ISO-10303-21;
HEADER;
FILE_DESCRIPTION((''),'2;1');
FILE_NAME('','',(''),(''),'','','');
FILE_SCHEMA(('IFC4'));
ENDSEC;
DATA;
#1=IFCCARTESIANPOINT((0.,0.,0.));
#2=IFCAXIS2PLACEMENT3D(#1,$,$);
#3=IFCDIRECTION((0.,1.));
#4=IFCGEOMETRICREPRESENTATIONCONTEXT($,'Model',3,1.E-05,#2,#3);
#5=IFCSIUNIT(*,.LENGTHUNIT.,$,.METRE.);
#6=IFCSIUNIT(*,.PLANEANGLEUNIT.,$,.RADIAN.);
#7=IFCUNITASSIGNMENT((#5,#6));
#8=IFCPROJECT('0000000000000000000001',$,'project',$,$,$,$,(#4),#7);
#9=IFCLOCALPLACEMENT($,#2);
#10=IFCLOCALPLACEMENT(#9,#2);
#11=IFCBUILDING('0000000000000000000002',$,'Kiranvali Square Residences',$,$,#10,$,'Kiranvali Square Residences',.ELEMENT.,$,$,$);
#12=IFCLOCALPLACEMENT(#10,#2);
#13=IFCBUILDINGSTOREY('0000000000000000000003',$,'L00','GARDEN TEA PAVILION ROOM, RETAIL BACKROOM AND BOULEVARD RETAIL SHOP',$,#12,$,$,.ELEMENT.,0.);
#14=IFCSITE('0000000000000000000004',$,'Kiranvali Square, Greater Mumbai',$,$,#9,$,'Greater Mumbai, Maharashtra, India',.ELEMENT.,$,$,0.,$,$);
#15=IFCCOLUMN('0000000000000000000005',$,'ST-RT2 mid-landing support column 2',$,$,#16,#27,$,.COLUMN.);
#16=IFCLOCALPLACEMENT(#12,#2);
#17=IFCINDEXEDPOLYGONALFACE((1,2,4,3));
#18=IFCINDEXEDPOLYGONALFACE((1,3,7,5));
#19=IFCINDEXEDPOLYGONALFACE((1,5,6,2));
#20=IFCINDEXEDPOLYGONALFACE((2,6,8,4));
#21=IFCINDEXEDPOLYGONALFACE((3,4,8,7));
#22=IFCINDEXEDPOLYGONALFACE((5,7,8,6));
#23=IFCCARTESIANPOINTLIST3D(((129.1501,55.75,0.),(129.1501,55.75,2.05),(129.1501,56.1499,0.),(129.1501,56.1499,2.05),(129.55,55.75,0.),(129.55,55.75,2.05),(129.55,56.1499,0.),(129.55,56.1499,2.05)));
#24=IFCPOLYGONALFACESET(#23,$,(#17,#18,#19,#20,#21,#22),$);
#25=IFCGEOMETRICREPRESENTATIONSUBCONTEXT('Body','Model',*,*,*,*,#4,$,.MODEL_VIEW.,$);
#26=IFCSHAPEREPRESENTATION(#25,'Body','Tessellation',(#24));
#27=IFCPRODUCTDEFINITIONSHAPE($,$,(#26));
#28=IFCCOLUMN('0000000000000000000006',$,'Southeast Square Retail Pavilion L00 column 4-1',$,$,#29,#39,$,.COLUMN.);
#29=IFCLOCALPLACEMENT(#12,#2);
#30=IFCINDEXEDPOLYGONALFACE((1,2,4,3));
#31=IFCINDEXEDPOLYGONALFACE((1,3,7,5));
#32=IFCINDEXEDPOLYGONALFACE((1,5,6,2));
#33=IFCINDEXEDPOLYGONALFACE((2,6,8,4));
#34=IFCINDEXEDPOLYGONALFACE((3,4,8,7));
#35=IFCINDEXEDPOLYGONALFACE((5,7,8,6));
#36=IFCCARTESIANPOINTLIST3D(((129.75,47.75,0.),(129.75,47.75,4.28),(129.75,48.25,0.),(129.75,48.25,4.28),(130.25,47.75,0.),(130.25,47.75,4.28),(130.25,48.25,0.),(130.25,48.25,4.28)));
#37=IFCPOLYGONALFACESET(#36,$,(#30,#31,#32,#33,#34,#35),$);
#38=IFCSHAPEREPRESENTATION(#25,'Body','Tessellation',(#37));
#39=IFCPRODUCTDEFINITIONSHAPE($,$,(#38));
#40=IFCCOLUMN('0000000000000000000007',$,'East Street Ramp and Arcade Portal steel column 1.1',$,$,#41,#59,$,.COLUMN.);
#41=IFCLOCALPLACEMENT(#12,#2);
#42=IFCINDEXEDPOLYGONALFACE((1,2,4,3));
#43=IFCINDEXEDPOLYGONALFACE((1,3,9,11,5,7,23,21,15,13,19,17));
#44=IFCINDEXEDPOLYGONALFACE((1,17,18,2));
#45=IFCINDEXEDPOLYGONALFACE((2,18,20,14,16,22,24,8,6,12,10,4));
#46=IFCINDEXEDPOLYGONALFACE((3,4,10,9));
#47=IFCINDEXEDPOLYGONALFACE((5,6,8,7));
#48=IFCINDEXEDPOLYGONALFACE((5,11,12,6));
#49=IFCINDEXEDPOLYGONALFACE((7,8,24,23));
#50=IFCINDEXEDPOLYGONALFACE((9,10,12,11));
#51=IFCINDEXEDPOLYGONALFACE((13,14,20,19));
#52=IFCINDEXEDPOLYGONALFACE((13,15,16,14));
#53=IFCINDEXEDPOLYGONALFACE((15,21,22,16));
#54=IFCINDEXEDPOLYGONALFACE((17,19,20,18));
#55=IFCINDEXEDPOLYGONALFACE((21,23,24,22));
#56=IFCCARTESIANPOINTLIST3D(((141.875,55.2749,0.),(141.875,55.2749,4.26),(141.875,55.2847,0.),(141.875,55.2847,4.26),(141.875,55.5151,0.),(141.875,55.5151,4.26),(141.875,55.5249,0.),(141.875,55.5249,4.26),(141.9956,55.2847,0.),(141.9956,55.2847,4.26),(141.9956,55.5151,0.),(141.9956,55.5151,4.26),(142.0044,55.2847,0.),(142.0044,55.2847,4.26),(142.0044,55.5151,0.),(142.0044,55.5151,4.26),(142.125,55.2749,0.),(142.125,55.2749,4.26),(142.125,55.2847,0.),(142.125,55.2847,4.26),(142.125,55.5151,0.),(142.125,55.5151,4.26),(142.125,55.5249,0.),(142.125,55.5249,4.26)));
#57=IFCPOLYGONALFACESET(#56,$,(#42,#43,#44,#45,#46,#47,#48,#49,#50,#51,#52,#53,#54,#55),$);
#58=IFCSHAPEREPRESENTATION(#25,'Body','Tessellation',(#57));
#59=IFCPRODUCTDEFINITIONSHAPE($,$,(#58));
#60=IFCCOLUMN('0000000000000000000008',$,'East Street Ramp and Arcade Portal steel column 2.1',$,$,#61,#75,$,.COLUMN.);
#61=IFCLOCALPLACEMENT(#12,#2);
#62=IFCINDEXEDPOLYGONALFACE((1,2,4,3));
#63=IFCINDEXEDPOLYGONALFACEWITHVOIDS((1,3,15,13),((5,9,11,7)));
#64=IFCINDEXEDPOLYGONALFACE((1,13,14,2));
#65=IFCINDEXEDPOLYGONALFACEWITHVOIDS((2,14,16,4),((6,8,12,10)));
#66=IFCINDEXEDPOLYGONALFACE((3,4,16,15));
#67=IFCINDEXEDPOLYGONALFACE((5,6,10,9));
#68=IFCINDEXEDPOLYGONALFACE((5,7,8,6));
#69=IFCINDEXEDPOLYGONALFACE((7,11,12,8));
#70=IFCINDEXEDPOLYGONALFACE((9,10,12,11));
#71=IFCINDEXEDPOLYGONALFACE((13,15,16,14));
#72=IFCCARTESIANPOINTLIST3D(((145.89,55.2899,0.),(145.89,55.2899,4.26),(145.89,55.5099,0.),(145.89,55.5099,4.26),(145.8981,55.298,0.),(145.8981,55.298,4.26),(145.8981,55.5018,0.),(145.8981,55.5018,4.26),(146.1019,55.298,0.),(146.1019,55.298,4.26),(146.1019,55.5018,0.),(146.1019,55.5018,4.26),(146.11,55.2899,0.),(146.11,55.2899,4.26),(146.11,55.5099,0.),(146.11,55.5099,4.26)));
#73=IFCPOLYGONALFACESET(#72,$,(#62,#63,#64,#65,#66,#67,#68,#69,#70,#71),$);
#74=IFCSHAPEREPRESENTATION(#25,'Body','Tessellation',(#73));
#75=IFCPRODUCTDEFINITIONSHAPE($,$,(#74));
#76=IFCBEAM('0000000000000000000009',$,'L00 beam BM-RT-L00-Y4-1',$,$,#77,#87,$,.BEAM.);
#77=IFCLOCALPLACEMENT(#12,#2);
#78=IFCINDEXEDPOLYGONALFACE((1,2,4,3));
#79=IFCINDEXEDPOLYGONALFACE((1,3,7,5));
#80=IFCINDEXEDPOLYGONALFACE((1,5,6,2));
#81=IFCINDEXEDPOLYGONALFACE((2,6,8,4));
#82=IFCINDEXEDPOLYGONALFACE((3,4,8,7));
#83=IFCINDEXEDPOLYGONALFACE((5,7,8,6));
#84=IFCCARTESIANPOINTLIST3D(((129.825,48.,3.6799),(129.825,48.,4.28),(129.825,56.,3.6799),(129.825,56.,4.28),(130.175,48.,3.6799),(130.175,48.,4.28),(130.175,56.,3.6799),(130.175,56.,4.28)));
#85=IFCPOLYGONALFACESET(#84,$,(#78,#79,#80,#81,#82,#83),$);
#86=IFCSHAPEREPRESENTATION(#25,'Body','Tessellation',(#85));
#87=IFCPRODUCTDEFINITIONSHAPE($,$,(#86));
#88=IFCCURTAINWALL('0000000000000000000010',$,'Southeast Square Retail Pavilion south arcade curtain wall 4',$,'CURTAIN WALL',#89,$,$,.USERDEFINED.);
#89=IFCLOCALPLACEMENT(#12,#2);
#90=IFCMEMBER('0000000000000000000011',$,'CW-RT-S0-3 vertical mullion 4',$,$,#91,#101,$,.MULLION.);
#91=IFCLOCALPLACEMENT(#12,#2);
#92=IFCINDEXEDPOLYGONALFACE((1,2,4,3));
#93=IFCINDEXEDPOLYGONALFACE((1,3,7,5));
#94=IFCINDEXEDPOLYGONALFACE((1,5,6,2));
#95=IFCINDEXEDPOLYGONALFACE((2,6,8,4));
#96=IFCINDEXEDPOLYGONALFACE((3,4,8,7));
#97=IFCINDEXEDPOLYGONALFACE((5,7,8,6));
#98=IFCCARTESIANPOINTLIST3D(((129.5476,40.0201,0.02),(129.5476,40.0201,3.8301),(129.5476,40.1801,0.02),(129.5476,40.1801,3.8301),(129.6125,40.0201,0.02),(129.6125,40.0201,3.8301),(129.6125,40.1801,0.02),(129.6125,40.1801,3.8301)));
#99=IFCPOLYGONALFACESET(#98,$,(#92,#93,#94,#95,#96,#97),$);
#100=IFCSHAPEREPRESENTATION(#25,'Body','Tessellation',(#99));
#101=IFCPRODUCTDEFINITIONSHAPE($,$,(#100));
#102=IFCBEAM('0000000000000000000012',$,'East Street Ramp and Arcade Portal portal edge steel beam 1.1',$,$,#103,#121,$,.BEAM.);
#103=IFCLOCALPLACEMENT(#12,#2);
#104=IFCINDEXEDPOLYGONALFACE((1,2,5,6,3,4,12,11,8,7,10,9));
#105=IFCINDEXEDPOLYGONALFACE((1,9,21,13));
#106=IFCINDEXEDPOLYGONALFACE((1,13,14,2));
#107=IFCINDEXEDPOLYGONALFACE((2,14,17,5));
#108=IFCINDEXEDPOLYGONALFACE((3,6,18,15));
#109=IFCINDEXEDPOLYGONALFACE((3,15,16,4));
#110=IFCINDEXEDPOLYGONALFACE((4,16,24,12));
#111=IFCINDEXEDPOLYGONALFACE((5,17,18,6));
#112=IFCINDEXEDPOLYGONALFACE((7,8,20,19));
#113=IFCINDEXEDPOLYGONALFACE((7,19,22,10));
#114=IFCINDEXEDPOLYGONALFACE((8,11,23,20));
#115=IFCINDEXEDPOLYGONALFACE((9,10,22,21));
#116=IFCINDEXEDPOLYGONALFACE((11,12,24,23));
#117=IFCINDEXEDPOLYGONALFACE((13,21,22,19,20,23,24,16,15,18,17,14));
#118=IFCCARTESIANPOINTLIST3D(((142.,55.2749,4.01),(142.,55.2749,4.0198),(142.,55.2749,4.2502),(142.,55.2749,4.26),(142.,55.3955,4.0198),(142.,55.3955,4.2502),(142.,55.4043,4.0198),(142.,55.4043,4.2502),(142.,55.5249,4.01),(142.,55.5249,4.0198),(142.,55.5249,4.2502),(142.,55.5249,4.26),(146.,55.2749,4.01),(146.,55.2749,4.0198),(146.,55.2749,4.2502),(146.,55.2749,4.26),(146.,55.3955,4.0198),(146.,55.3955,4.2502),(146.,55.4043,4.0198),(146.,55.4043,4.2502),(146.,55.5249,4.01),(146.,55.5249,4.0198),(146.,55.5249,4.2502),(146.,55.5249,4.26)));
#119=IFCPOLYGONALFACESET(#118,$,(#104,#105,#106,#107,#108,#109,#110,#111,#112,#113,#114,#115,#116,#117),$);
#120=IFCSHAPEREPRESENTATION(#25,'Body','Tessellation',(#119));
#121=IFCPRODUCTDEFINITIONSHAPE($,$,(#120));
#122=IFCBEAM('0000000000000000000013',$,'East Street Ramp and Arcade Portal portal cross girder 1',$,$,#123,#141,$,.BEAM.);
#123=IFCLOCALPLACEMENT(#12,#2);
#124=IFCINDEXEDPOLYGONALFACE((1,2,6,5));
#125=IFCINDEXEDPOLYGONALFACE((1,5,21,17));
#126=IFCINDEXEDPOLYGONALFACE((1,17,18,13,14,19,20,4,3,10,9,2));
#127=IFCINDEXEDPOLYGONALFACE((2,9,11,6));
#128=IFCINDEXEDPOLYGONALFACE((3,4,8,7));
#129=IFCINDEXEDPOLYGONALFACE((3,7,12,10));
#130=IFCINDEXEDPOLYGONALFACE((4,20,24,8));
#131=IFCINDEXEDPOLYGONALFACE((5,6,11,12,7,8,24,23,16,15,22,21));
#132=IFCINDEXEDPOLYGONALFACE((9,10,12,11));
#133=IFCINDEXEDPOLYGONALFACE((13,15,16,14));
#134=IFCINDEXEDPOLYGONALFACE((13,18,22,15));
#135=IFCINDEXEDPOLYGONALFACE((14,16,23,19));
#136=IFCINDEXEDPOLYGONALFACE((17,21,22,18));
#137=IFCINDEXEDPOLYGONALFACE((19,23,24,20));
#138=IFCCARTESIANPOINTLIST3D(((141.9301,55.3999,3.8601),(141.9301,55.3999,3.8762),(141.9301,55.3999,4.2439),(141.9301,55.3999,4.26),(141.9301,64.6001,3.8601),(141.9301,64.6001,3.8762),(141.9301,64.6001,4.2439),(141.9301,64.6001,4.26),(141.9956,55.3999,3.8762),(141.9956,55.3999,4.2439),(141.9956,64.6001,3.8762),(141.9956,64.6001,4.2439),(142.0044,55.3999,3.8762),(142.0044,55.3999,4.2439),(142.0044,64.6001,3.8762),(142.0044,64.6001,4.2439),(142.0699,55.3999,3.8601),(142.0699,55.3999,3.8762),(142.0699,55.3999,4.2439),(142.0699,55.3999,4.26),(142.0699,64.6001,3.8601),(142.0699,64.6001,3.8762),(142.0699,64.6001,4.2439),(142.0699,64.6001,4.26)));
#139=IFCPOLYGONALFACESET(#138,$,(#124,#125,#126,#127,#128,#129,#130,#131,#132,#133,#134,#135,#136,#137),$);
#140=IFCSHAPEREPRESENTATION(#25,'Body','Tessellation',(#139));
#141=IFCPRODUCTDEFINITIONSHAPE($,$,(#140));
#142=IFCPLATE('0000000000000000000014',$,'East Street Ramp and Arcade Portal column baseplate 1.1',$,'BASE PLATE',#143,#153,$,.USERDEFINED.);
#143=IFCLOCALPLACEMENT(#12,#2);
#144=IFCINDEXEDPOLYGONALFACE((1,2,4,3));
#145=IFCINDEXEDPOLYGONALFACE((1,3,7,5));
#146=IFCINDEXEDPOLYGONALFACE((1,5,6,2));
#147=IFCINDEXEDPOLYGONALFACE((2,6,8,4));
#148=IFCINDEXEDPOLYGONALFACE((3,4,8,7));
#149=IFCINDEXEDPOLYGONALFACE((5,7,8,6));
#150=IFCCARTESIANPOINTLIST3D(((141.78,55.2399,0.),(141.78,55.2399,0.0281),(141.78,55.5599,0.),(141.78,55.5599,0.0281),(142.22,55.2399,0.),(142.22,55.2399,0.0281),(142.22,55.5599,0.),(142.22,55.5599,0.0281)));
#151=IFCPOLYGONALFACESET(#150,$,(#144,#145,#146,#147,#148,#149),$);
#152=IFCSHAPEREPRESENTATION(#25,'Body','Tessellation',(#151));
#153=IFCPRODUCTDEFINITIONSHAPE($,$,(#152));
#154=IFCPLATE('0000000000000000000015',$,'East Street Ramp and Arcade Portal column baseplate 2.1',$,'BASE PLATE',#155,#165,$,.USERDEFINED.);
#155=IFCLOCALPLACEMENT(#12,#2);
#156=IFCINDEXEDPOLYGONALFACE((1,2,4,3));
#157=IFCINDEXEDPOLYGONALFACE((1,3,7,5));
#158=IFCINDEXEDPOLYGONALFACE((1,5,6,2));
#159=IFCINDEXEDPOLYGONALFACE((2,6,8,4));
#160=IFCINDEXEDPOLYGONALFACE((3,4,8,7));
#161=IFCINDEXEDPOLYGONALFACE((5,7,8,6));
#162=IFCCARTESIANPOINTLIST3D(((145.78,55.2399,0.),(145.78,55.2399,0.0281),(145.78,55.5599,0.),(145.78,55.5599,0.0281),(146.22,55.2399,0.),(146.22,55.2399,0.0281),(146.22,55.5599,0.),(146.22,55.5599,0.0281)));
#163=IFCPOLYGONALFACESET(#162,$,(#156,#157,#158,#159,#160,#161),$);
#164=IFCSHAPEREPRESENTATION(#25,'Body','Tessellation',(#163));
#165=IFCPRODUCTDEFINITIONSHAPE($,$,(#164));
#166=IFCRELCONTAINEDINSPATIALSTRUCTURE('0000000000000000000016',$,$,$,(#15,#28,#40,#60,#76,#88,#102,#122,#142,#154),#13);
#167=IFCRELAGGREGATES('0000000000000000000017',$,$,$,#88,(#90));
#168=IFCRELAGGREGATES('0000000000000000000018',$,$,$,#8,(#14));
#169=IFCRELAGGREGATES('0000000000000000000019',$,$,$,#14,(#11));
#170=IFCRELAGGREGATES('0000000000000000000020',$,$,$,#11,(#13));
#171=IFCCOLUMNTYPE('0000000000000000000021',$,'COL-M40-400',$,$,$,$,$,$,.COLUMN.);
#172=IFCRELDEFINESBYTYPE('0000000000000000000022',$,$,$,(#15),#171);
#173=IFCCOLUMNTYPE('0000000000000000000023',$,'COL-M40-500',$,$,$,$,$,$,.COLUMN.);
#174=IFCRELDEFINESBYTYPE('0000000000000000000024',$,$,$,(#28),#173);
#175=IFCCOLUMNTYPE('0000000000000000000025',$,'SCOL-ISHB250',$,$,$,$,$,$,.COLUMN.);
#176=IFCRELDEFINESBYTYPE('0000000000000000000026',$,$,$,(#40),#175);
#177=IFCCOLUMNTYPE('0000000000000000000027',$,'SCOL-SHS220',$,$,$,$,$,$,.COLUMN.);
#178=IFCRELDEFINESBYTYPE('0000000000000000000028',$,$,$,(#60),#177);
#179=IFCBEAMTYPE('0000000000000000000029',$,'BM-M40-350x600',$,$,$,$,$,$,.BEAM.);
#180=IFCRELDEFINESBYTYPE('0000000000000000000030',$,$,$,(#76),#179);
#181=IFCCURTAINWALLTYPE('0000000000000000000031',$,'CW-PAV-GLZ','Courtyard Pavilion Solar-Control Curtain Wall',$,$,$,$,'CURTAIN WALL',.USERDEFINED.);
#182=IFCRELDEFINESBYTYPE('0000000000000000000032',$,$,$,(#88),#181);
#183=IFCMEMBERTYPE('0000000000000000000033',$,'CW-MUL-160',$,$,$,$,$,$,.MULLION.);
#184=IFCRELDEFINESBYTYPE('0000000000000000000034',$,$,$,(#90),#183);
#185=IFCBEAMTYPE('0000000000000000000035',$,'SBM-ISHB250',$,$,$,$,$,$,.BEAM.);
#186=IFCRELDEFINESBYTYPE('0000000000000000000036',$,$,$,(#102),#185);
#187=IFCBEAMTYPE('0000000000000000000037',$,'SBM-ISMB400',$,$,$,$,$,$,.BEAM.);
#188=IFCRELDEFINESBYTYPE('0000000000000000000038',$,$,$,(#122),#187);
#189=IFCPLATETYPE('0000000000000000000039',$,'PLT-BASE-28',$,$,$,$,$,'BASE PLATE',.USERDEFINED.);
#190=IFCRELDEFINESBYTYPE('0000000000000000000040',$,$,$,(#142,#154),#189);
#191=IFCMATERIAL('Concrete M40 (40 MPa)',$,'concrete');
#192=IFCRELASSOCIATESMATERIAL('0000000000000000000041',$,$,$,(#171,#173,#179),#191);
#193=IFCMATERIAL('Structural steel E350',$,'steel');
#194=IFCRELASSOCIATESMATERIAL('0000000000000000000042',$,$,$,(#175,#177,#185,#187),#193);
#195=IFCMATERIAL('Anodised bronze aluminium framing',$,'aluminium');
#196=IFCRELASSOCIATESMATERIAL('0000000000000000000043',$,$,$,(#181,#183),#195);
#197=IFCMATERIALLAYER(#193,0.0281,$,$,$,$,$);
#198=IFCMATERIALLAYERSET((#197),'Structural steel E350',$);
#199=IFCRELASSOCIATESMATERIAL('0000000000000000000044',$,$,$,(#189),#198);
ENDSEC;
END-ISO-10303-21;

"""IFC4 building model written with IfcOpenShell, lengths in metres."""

from ifc_helpers import new_model, si_unit, direction, frame, origin, origin_2d, place, context, subcontext, project, spatial, rectangle, hollow_rectangle, i_section, extrude, material, layer, layer_set, material_profile, profile_set, type_object, element, aggregate, save


model = new_model("IFC4")

# Units and contexts
model_context = context("Model", 3, precision=1e-05, world=origin(), true_north=direction((0.0, 1.0)))
body_context = subcontext(model_context, "Body", "Model", "MODEL_VIEW")
ifc_project = project(units=[si_unit("LENGTHUNIT", "METRE"), si_unit("PLANEANGLEUNIT", "RADIAN")], contexts=[model_context])

# Site, building, storey
site_placement = place(None, origin())
site = spatial("IfcSite", under=ifc_project, at=site_placement, Name="Kiranvali Square, Greater Mumbai", LongName="Greater Mumbai, Maharashtra, India", CompositionType="ELEMENT", RefElevation=0.0)
building_placement = place(site_placement, origin())
building = spatial("IfcBuilding", under=site, at=building_placement, Name="Kiranvali Square Residences", LongName="Kiranvali Square Residences", CompositionType="ELEMENT")
storey_placement = place(building_placement, origin())
storey = spatial("IfcBuildingStorey", under=building, at=storey_placement, Name="L00", Description="GARDEN TEA PAVILION ROOM, RETAIL BACKROOM AND BOULEVARD RETAIL SHOP", CompositionType="ELEMENT", Elevation=0.0)

# Columns
ifc_material_1 = material(Name="Concrete M40 (40 MPa)", Category="concrete")
ifc_material_profile_1 = material_profile(ifc_material_1, rectangle(XDim=0.3999, YDim=0.3999, at=origin_2d()), Name="RC 400x400")
ifc_profile_set_1 = profile_set([ifc_material_profile_1], Name="Concrete M40 (40 MPa)")
column_type_1 = type_object("IfcColumnType", Name="COL-M40-400", PredefinedType="COLUMN", material=ifc_profile_set_1)
column_1_placement = place(storey_placement, frame((129.3501, 55.95, 0.0), z_axis=(0.0, 0.0, 1.0), x_axis=(1.0, 0.0, 0.0)))
element("IfcColumn", 1, at=column_1_placement, inside=storey, type_object=column_type_1, Name="ST-RT2 mid-landing support column 2", PredefinedType="COLUMN", context=body_context, shape_type="SweptSolid", body=[
    extrude(rectangle(XDim=0.3999, YDim=0.3999, at=origin_2d()), origin(), (0.0, 0.0, 1.0), 2.05),
])
ifc_material_profile_2 = material_profile(ifc_material_1, rectangle(XDim=0.5, YDim=0.5, at=origin_2d()), Name="RC 500x500")
ifc_profile_set_2 = profile_set([ifc_material_profile_2], Name="Concrete M40 (40 MPa)")
column_type_2 = type_object("IfcColumnType", Name="COL-M40-500", PredefinedType="COLUMN", material=ifc_profile_set_2)
column_2_placement = place(storey_placement, frame((130.0, 48.0, 0.0), z_axis=(0.0, 0.0, 1.0), x_axis=(1.0, 0.0, 0.0)))
element("IfcColumn", 2, at=column_2_placement, inside=storey, type_object=column_type_2, Name="Southeast Square Retail Pavilion L00 column 4-1", PredefinedType="COLUMN", context=body_context, shape_type="SweptSolid", body=[
    extrude(rectangle(XDim=0.5, YDim=0.5, at=origin_2d()), origin(), (0.0, 0.0, 1.0), 4.28),
])
ifc_material_2 = material(Name="Structural steel E350", Category="steel")
ifc_material_profile_3 = material_profile(ifc_material_2, i_section(OverallWidth=0.25, OverallDepth=0.25, WebThickness=0.0088, FlangeThickness=0.0098, at=origin_2d()), Name="ISHB 250")
ifc_profile_set_3 = profile_set([ifc_material_profile_3], Name="Structural steel E350")
column_type_3 = type_object("IfcColumnType", Name="SCOL-ISHB250", PredefinedType="COLUMN", material=ifc_profile_set_3)
column_3_placement = place(storey_placement, frame((142.0, 55.3999, 0.0), z_axis=(0.0, 0.0, 1.0), x_axis=(1.0, 0.0, 0.0)))
element("IfcColumn", 3, at=column_3_placement, inside=storey, type_object=column_type_3, Name="East Street Ramp and Arcade Portal steel column 1.1", PredefinedType="COLUMN", context=body_context, shape_type="SweptSolid", body=[
    extrude(i_section(OverallWidth=0.25, OverallDepth=0.25, WebThickness=0.0088, FlangeThickness=0.0098, at=origin_2d()), origin(), (0.0, 0.0, 1.0), 4.26),
])
ifc_material_profile_4 = material_profile(ifc_material_2, hollow_rectangle(XDim=0.22, YDim=0.22, WallThickness=0.0081, at=origin_2d()), Name="SHS 220x220x8.0")
ifc_profile_set_4 = profile_set([ifc_material_profile_4], Name="Structural steel E350")
column_type_4 = type_object("IfcColumnType", Name="SCOL-SHS220", PredefinedType="COLUMN", material=ifc_profile_set_4)
column_4_placement = place(storey_placement, frame((146.0, 55.3999, 0.0), z_axis=(0.0, 0.0, 1.0), x_axis=(1.0, 0.0, 0.0)))
element("IfcColumn", 4, at=column_4_placement, inside=storey, type_object=column_type_4, Name="East Street Ramp and Arcade Portal steel column 2.1", PredefinedType="COLUMN", context=body_context, shape_type="SweptSolid", body=[
    extrude(hollow_rectangle(XDim=0.22, YDim=0.22, WallThickness=0.0081, at=origin_2d()), origin(), (0.0, 0.0, 1.0), 4.26),
])

# Beam
ifc_material_profile_5 = material_profile(ifc_material_1, rectangle(XDim=0.3501, YDim=0.6001, at=origin_2d()), Name="RC 350x600")
ifc_profile_set_5 = profile_set([ifc_material_profile_5], Name="Concrete M40 (40 MPa)")
beam_type_1 = type_object("IfcBeamType", Name="BM-M40-350x600", PredefinedType="BEAM", material=ifc_profile_set_5)
beam_1_placement = place(storey_placement, frame((130.0, 48.0, 3.98), z_axis=(0.0, 1.0, 0.0), x_axis=(-1.0, 0.0, 0.0)))
element("IfcBeam", 5, at=beam_1_placement, inside=storey, type_object=beam_type_1, Name="L00 beam BM-RT-L00-Y4-1", PredefinedType="BEAM", context=body_context, shape_type="SweptSolid", body=[
    extrude(rectangle(XDim=0.3501, YDim=0.6001, at=origin_2d()), origin(), (0.0, 0.0, 1.0), 8.0),
])

# Curtain wall, member
ifc_material_3 = material(Name="Anodised bronze aluminium framing", Category="aluminium")
curtain_wall_type = type_object("IfcCurtainWallType", Name="CW-PAV-GLZ", Description="Courtyard Pavilion Solar-Control Curtain Wall", ElementType="CURTAIN WALL", PredefinedType="USERDEFINED", material=ifc_material_3)
curtain_wall_placement = place(storey_placement, origin())
curtain_wall = element("IfcCurtainWall", 6, at=curtain_wall_placement, inside=storey, type_object=curtain_wall_type, Name="Southeast Square Retail Pavilion south arcade curtain wall 4", ObjectType="CURTAIN WALL", PredefinedType="USERDEFINED")
ifc_material_profile_6 = material_profile(ifc_material_3, rectangle(XDim=0.0649, YDim=0.1599, at=origin_2d()), Name="ALU 65x160")
ifc_profile_set_6 = profile_set([ifc_material_profile_6], Name="Anodised bronze aluminium framing")
member_type = type_object("IfcMemberType", Name="CW-MUL-160", PredefinedType="MULLION", material=ifc_profile_set_6)
member_placement = place(storey_placement, frame((129.5801, 40.1001, 0.02), z_axis=(0.0, 0.0, 1.0), x_axis=(1.0, 0.0, 0.0)))
member = element("IfcMember", 7, at=member_placement, type_object=member_type, Name="CW-RT-S0-3 vertical mullion 4", PredefinedType="MULLION", context=body_context, shape_type="SweptSolid", body=[
    extrude(rectangle(XDim=0.0649, YDim=0.1599, at=origin_2d()), origin(), (0.0, 0.0, 1.0), 3.8101),
])

# Beams
ifc_material_profile_7 = material_profile(ifc_material_2, i_section(OverallWidth=0.25, OverallDepth=0.25, WebThickness=0.0088, FlangeThickness=0.0098, at=origin_2d()), Name="ISHB 250")
ifc_profile_set_7 = profile_set([ifc_material_profile_7], Name="Structural steel E350")
beam_type_2 = type_object("IfcBeamType", Name="SBM-ISHB250", PredefinedType="BEAM", material=ifc_profile_set_7)
beam_2_placement = place(storey_placement, frame((142.0, 55.3999, 4.135), z_axis=(1.0, 0.0, 0.0), x_axis=(0.0, 1.0, 0.0)))
element("IfcBeam", 8, at=beam_2_placement, inside=storey, type_object=beam_type_2, Name="East Street Ramp and Arcade Portal portal edge steel beam 1.1", PredefinedType="BEAM", context=body_context, shape_type="SweptSolid", body=[
    extrude(i_section(OverallWidth=0.25, OverallDepth=0.25, WebThickness=0.0088, FlangeThickness=0.0098, at=origin_2d()), origin(), (0.0, 0.0, 1.0), 4.0),
])
ifc_material_profile_8 = material_profile(ifc_material_2, i_section(OverallWidth=0.1399, OverallDepth=0.3999, WebThickness=0.0088, FlangeThickness=0.0161, at=origin_2d()), Name="ISMB 400")
ifc_profile_set_8 = profile_set([ifc_material_profile_8], Name="Structural steel E350")
beam_type_3 = type_object("IfcBeamType", Name="SBM-ISMB400", PredefinedType="BEAM", material=ifc_profile_set_8)
beam_3_placement = place(storey_placement, frame((142.0, 55.3999, 4.0601), z_axis=(0.0, 1.0, 0.0), x_axis=(-1.0, 0.0, 0.0)))
element("IfcBeam", 9, at=beam_3_placement, inside=storey, type_object=beam_type_3, Name="East Street Ramp and Arcade Portal portal cross girder 1", PredefinedType="BEAM", context=body_context, shape_type="SweptSolid", body=[
    extrude(i_section(OverallWidth=0.1399, OverallDepth=0.3999, WebThickness=0.0088, FlangeThickness=0.0161, at=origin_2d()), origin(), (0.0, 0.0, 1.0), 9.2002),
])

# Plates
ifc_layer_1 = layer(ifc_material_2, 0.0281)
ifc_layer_set_1 = layer_set([ifc_layer_1], Name="Structural steel E350")
plate_type_1 = type_object("IfcPlateType", Name="PLT-BASE-28", ElementType="BASE PLATE", PredefinedType="USERDEFINED", material=ifc_layer_set_1)
for number, where, z_axis, x_axis, name in (
    (10, (142.0, 55.3999, 0.0), (0.0, 0.0, 1.0), (1.0, 0.0, 0.0), "East Street Ramp and Arcade Portal column baseplate 1.1"),
    (11, (146.0, 55.3999, 0.0), (0.0, 0.0, 1.0), (1.0, 0.0, 0.0), "East Street Ramp and Arcade Portal column baseplate 2.1"),
):
    element("IfcPlate", number, at=place(storey_placement, frame(where, z_axis=z_axis, x_axis=x_axis)), inside=storey, type_object=plate_type_1, Name=name, ObjectType="BASE PLATE", PredefinedType="USERDEFINED", context=body_context, shape_type="SweptSolid", body=[
        extrude(rectangle(XDim=0.4399, YDim=0.3201, at=origin_2d()), origin(), (0.0, 0.0, 1.0), 0.0281),
    ])

aggregate(curtain_wall, [member])

save(model, "model.ifc")
